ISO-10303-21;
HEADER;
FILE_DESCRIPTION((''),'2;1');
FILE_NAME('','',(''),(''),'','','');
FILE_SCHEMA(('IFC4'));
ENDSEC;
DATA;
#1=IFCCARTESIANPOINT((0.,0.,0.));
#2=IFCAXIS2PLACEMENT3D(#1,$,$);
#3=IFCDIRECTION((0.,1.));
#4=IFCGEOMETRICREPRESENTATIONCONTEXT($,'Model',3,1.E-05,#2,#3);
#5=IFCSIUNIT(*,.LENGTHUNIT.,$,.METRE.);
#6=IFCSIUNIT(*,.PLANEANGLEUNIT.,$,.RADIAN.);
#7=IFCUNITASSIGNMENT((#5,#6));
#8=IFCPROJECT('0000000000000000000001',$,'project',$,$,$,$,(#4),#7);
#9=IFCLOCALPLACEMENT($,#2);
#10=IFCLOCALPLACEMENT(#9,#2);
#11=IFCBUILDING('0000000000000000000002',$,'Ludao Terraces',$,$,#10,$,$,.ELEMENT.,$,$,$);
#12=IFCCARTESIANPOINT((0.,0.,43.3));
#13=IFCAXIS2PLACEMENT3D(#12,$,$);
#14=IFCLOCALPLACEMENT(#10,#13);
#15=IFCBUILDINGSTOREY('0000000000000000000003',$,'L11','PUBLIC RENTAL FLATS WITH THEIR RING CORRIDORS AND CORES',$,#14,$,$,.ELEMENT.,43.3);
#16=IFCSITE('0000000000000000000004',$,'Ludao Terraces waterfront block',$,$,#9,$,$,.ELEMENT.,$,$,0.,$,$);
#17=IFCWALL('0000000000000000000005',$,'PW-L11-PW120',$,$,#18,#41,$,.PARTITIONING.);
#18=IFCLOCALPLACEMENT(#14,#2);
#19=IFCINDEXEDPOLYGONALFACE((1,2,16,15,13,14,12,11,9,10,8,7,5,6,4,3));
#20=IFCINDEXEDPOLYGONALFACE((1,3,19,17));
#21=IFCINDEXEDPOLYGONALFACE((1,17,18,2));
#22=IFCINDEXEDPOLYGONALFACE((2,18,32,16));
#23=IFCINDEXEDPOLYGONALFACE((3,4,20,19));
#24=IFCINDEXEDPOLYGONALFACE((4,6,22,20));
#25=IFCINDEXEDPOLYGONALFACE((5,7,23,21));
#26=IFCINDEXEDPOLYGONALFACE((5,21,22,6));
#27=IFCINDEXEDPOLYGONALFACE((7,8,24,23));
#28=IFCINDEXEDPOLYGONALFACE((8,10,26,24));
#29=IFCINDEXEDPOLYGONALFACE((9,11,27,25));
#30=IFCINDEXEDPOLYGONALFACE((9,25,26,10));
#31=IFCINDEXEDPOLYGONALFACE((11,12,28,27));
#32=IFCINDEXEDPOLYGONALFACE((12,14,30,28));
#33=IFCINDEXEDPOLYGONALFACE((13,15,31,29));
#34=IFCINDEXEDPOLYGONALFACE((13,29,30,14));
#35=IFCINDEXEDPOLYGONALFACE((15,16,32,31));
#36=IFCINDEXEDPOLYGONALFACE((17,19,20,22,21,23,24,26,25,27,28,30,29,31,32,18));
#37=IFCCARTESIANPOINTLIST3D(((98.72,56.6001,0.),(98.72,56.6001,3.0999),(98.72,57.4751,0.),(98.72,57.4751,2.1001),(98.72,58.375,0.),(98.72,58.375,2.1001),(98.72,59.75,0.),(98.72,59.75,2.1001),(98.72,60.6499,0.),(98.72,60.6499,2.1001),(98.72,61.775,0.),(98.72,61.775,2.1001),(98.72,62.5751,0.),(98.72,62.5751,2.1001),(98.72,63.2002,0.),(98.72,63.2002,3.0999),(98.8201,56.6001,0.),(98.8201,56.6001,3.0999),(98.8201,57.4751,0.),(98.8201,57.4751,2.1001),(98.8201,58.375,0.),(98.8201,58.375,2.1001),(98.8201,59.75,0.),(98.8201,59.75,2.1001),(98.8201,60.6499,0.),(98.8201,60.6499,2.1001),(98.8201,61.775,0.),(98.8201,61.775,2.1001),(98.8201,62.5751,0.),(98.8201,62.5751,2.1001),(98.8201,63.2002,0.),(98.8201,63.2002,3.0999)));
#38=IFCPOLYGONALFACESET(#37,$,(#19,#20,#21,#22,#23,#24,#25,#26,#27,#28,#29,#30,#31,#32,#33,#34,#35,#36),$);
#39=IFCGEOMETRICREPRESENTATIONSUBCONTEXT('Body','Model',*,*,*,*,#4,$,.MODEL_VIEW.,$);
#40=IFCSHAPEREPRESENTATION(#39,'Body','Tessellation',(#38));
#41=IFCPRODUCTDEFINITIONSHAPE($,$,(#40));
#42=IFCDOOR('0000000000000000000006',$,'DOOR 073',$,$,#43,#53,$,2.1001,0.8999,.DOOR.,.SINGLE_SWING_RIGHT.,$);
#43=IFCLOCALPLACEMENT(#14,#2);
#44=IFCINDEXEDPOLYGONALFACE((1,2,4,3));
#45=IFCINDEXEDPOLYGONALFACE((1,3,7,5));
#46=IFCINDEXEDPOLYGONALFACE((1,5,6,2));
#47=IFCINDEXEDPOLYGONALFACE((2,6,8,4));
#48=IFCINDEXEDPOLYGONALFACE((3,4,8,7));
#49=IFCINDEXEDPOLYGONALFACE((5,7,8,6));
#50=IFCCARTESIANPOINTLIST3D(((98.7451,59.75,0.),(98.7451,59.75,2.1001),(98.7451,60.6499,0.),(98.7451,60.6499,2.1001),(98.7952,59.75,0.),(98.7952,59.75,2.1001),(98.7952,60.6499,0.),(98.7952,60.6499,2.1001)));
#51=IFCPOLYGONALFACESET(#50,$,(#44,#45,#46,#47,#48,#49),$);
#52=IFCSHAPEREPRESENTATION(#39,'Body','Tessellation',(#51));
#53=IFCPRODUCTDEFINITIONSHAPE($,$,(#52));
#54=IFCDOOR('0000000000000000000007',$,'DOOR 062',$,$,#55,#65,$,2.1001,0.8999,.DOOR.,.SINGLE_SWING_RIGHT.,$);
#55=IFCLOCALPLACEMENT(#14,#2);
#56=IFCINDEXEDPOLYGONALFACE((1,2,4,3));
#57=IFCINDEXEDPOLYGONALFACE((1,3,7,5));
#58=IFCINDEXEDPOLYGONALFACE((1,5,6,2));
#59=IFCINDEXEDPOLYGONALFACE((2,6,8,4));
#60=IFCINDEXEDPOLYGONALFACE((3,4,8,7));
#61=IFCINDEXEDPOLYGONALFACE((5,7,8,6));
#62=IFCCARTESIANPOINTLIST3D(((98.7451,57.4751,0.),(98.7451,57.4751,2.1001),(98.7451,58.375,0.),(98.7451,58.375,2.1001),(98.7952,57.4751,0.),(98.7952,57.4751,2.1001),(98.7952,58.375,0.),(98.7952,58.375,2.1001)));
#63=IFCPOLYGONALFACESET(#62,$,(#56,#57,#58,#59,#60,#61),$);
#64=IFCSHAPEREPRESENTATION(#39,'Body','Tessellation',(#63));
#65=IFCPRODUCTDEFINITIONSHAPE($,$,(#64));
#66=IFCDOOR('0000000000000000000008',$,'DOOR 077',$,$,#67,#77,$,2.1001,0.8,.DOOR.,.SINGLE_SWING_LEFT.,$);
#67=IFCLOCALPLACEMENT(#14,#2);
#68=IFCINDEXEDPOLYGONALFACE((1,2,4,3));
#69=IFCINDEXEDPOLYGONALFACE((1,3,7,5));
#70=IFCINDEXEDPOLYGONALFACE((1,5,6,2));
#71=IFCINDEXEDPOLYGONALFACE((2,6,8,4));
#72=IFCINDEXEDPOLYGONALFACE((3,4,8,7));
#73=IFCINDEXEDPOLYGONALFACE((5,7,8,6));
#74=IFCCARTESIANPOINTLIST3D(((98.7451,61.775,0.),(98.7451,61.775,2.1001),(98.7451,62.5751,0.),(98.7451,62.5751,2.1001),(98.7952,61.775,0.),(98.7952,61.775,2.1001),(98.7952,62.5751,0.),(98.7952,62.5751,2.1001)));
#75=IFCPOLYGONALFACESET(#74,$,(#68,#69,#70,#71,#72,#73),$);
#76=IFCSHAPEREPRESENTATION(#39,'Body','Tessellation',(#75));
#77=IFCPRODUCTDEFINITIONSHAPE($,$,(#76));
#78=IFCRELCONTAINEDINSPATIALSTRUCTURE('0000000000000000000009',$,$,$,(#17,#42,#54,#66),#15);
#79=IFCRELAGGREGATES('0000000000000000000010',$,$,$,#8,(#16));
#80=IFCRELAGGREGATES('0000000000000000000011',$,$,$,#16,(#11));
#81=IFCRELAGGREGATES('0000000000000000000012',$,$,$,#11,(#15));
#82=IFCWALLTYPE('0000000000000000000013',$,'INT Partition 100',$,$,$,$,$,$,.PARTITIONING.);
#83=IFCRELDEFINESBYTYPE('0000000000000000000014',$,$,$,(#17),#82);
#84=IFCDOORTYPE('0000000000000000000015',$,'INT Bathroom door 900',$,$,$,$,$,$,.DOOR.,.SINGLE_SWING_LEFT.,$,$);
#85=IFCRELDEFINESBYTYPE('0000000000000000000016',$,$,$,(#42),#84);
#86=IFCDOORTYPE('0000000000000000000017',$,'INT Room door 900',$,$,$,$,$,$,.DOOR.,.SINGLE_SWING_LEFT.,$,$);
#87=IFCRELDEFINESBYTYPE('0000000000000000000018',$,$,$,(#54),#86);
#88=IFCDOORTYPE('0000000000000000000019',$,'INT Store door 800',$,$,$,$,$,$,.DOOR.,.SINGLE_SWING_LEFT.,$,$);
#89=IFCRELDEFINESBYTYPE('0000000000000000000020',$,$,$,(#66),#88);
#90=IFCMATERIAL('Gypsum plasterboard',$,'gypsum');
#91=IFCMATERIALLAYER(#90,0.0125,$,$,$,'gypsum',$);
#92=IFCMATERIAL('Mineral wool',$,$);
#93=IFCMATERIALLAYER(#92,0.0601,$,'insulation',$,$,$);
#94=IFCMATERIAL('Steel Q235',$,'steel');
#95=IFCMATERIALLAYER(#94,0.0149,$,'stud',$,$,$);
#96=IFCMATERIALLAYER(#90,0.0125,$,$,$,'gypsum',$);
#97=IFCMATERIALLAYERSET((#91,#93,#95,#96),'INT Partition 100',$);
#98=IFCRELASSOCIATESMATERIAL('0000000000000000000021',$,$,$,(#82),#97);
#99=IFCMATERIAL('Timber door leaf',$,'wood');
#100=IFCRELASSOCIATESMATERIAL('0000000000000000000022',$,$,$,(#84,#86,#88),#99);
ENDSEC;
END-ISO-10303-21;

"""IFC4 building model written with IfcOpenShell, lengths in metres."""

from ifc_helpers import new_model, si_unit, direction, frame, frame_2d, origin, place, context, subcontext, project, spatial, rectangle, extrude, material, layer, layer_set, type_object, element, fill, save


model = new_model("IFC4")

# Units and contexts
model_context = context("Model", 3, precision=1e-05, world=origin(), true_north=direction((0.0, 1.0)))
body_context = subcontext(model_context, "Body", "Model", "MODEL_VIEW")
ifc_project = project(units=[si_unit("LENGTHUNIT", "METRE"), si_unit("PLANEANGLEUNIT", "RADIAN")], contexts=[model_context])

# Site, building, storey
site_placement = place(None, origin())
site = spatial("IfcSite", under=ifc_project, at=site_placement, Name="Ludao Terraces waterfront block", CompositionType="ELEMENT", RefElevation=0.0)
building_placement = place(site_placement, origin())
building = spatial("IfcBuilding", under=site, at=building_placement, Name="Ludao Terraces", CompositionType="ELEMENT")
storey_placement = place(building_placement, frame((0.0, 0.0, 43.3)))
storey = spatial("IfcBuildingStorey", under=building, at=storey_placement, Name="L11", Description="PUBLIC RENTAL FLATS WITH THEIR RING CORRIDORS AND CORES", CompositionType="ELEMENT", Elevation=43.3)

# Shared definitions
ifc_material_1 = material(Name="Steel Q235", Category="steel")

# Shared definitions
ifc_material_2 = material(Name="Gypsum plasterboard", Category="gypsum")
ifc_layer_1 = layer(ifc_material_2, 0.0125, Category="gypsum")
ifc_material_3 = material(Name="Mineral wool")
ifc_layer_2 = layer(ifc_material_3, 0.0601, Name="insulation")
ifc_layer_3 = layer(ifc_material_1, 0.0149, Name="stud")
ifc_layer_4 = layer(ifc_material_2, 0.0125, Category="gypsum")
ifc_layer_set_1 = layer_set([ifc_layer_1, ifc_layer_2, ifc_layer_3, ifc_layer_4], Name="INT Partition 100")
wall_type_1 = type_object("IfcWallType", Name="INT Partition 100", PredefinedType="PARTITIONING", material=ifc_layer_set_1)

# Wall, openings, doors
wall_1_placement = place(storey_placement, frame((98.77, 56.6001, 0.0), z_axis=(0.0, 0.0, 1.0), x_axis=(0.0, 1.0, 0.0)))
wall_1 = element("IfcWall", 1, at=wall_1_placement, inside=storey, type_object=wall_type_1, Name="PW-L11-PW120", PredefinedType="PARTITIONING", context=body_context, shape_type="SweptSolid", body=[
    extrude(rectangle(XDim=6.6001, YDim=0.1001, at=frame_2d((3.3, 0.0))), origin(), (0.0, 0.0, 1.0), 3.0999),
])
opening_1_placement = place(wall_1_placement, frame((0.875, 0.0, 0.0)))
opening_1 = element("IfcOpeningElement", 2, at=opening_1_placement, cuts=wall_1, PredefinedType="OPENING", context=body_context, shape_type="SweptSolid", body=[
    extrude(rectangle(XDim=0.8999, YDim=2.1001, at=frame_2d((0.45, 1.05))), frame((0.0, 0.0601, 0.0), z_axis=(0.0, -1.0, 0.0), x_axis=(1.0, 0.0, 0.0)), (0.0, 0.0, 1.0), 0.1201),
])
opening_2_placement = place(wall_1_placement, frame((3.1499, 0.0, 0.0)))
opening_2 = element("IfcOpeningElement", 3, at=opening_2_placement, cuts=wall_1, PredefinedType="OPENING", context=body_context, shape_type="SweptSolid", body=[
    extrude(rectangle(XDim=0.8999, YDim=2.1001, at=frame_2d((0.45, 1.05))), frame((0.0, 0.0601, 0.0), z_axis=(0.0, -1.0, 0.0), x_axis=(1.0, 0.0, 0.0)), (0.0, 0.0, 1.0), 0.1201),
])
opening_3_placement = place(wall_1_placement, frame((5.175, 0.0, 0.0)))
opening_3 = element("IfcOpeningElement", 4, at=opening_3_placement, cuts=wall_1, PredefinedType="OPENING", context=body_context, shape_type="SweptSolid", body=[
    extrude(rectangle(XDim=0.8, YDim=2.1001, at=frame_2d((0.3999, 1.05))), frame((0.0, 0.0601, 0.0), z_axis=(0.0, -1.0, 0.0), x_axis=(1.0, 0.0, 0.0)), (0.0, 0.0, 1.0), 0.1201),
])
ifc_material_4 = material(Name="Timber door leaf", Category="wood")
door_type_1 = type_object("IfcDoorType", Name="INT Bathroom door 900", OperationType="SINGLE_SWING_LEFT", PredefinedType="DOOR", material=ifc_material_4)
door_1_placement = place(opening_2_placement, origin())
door_1 = element("IfcDoor", 5, at=door_1_placement, inside=storey, type_object=door_type_1, Name="DOOR 073", OperationType="SINGLE_SWING_RIGHT", OverallHeight=2.1001, OverallWidth=0.8999, PredefinedType="DOOR", context=body_context, shape_type="SweptSolid", body=[
    extrude(rectangle(XDim=0.8999, YDim=2.1001, at=frame_2d((0.45, 1.05))), frame((0.0, 0.0249, 0.0), z_axis=(0.0, -1.0, 0.0), x_axis=(1.0, 0.0, 0.0)), (0.0, 0.0, 1.0), 0.05),
])
fill(opening_2, door_1)
door_type_2 = type_object("IfcDoorType", Name="INT Room door 900", OperationType="SINGLE_SWING_LEFT", PredefinedType="DOOR", material=ifc_material_4)
door_2_placement = place(opening_1_placement, origin())
door_2 = element("IfcDoor", 6, at=door_2_placement, inside=storey, type_object=door_type_2, Name="DOOR 062", OperationType="SINGLE_SWING_RIGHT", OverallHeight=2.1001, OverallWidth=0.8999, PredefinedType="DOOR", context=body_context, shape_type="SweptSolid", body=[
    extrude(rectangle(XDim=0.8999, YDim=2.1001, at=frame_2d((0.45, 1.05))), frame((0.0, 0.0249, 0.0), z_axis=(0.0, -1.0, 0.0), x_axis=(1.0, 0.0, 0.0)), (0.0, 0.0, 1.0), 0.05),
])
fill(opening_1, door_2)
door_type_3 = type_object("IfcDoorType", Name="INT Store door 800", OperationType="SINGLE_SWING_LEFT", PredefinedType="DOOR", material=ifc_material_4)
door_3_placement = place(opening_3_placement, origin())
door_3 = element("IfcDoor", 7, at=door_3_placement, inside=storey, type_object=door_type_3, Name="DOOR 077", OperationType="SINGLE_SWING_LEFT", OverallHeight=2.1001, OverallWidth=0.8, PredefinedType="DOOR", context=body_context, shape_type="SweptSolid", body=[
    extrude(rectangle(XDim=0.8, YDim=2.1001, at=frame_2d((0.3999, 1.05))), frame((0.0, 0.0249, 0.0), z_axis=(0.0, -1.0, 0.0), x_axis=(1.0, 0.0, 0.0)), (0.0, 0.0, 1.0), 0.05),
])
fill(opening_3, door_3)

save(model, "model.ifc")
